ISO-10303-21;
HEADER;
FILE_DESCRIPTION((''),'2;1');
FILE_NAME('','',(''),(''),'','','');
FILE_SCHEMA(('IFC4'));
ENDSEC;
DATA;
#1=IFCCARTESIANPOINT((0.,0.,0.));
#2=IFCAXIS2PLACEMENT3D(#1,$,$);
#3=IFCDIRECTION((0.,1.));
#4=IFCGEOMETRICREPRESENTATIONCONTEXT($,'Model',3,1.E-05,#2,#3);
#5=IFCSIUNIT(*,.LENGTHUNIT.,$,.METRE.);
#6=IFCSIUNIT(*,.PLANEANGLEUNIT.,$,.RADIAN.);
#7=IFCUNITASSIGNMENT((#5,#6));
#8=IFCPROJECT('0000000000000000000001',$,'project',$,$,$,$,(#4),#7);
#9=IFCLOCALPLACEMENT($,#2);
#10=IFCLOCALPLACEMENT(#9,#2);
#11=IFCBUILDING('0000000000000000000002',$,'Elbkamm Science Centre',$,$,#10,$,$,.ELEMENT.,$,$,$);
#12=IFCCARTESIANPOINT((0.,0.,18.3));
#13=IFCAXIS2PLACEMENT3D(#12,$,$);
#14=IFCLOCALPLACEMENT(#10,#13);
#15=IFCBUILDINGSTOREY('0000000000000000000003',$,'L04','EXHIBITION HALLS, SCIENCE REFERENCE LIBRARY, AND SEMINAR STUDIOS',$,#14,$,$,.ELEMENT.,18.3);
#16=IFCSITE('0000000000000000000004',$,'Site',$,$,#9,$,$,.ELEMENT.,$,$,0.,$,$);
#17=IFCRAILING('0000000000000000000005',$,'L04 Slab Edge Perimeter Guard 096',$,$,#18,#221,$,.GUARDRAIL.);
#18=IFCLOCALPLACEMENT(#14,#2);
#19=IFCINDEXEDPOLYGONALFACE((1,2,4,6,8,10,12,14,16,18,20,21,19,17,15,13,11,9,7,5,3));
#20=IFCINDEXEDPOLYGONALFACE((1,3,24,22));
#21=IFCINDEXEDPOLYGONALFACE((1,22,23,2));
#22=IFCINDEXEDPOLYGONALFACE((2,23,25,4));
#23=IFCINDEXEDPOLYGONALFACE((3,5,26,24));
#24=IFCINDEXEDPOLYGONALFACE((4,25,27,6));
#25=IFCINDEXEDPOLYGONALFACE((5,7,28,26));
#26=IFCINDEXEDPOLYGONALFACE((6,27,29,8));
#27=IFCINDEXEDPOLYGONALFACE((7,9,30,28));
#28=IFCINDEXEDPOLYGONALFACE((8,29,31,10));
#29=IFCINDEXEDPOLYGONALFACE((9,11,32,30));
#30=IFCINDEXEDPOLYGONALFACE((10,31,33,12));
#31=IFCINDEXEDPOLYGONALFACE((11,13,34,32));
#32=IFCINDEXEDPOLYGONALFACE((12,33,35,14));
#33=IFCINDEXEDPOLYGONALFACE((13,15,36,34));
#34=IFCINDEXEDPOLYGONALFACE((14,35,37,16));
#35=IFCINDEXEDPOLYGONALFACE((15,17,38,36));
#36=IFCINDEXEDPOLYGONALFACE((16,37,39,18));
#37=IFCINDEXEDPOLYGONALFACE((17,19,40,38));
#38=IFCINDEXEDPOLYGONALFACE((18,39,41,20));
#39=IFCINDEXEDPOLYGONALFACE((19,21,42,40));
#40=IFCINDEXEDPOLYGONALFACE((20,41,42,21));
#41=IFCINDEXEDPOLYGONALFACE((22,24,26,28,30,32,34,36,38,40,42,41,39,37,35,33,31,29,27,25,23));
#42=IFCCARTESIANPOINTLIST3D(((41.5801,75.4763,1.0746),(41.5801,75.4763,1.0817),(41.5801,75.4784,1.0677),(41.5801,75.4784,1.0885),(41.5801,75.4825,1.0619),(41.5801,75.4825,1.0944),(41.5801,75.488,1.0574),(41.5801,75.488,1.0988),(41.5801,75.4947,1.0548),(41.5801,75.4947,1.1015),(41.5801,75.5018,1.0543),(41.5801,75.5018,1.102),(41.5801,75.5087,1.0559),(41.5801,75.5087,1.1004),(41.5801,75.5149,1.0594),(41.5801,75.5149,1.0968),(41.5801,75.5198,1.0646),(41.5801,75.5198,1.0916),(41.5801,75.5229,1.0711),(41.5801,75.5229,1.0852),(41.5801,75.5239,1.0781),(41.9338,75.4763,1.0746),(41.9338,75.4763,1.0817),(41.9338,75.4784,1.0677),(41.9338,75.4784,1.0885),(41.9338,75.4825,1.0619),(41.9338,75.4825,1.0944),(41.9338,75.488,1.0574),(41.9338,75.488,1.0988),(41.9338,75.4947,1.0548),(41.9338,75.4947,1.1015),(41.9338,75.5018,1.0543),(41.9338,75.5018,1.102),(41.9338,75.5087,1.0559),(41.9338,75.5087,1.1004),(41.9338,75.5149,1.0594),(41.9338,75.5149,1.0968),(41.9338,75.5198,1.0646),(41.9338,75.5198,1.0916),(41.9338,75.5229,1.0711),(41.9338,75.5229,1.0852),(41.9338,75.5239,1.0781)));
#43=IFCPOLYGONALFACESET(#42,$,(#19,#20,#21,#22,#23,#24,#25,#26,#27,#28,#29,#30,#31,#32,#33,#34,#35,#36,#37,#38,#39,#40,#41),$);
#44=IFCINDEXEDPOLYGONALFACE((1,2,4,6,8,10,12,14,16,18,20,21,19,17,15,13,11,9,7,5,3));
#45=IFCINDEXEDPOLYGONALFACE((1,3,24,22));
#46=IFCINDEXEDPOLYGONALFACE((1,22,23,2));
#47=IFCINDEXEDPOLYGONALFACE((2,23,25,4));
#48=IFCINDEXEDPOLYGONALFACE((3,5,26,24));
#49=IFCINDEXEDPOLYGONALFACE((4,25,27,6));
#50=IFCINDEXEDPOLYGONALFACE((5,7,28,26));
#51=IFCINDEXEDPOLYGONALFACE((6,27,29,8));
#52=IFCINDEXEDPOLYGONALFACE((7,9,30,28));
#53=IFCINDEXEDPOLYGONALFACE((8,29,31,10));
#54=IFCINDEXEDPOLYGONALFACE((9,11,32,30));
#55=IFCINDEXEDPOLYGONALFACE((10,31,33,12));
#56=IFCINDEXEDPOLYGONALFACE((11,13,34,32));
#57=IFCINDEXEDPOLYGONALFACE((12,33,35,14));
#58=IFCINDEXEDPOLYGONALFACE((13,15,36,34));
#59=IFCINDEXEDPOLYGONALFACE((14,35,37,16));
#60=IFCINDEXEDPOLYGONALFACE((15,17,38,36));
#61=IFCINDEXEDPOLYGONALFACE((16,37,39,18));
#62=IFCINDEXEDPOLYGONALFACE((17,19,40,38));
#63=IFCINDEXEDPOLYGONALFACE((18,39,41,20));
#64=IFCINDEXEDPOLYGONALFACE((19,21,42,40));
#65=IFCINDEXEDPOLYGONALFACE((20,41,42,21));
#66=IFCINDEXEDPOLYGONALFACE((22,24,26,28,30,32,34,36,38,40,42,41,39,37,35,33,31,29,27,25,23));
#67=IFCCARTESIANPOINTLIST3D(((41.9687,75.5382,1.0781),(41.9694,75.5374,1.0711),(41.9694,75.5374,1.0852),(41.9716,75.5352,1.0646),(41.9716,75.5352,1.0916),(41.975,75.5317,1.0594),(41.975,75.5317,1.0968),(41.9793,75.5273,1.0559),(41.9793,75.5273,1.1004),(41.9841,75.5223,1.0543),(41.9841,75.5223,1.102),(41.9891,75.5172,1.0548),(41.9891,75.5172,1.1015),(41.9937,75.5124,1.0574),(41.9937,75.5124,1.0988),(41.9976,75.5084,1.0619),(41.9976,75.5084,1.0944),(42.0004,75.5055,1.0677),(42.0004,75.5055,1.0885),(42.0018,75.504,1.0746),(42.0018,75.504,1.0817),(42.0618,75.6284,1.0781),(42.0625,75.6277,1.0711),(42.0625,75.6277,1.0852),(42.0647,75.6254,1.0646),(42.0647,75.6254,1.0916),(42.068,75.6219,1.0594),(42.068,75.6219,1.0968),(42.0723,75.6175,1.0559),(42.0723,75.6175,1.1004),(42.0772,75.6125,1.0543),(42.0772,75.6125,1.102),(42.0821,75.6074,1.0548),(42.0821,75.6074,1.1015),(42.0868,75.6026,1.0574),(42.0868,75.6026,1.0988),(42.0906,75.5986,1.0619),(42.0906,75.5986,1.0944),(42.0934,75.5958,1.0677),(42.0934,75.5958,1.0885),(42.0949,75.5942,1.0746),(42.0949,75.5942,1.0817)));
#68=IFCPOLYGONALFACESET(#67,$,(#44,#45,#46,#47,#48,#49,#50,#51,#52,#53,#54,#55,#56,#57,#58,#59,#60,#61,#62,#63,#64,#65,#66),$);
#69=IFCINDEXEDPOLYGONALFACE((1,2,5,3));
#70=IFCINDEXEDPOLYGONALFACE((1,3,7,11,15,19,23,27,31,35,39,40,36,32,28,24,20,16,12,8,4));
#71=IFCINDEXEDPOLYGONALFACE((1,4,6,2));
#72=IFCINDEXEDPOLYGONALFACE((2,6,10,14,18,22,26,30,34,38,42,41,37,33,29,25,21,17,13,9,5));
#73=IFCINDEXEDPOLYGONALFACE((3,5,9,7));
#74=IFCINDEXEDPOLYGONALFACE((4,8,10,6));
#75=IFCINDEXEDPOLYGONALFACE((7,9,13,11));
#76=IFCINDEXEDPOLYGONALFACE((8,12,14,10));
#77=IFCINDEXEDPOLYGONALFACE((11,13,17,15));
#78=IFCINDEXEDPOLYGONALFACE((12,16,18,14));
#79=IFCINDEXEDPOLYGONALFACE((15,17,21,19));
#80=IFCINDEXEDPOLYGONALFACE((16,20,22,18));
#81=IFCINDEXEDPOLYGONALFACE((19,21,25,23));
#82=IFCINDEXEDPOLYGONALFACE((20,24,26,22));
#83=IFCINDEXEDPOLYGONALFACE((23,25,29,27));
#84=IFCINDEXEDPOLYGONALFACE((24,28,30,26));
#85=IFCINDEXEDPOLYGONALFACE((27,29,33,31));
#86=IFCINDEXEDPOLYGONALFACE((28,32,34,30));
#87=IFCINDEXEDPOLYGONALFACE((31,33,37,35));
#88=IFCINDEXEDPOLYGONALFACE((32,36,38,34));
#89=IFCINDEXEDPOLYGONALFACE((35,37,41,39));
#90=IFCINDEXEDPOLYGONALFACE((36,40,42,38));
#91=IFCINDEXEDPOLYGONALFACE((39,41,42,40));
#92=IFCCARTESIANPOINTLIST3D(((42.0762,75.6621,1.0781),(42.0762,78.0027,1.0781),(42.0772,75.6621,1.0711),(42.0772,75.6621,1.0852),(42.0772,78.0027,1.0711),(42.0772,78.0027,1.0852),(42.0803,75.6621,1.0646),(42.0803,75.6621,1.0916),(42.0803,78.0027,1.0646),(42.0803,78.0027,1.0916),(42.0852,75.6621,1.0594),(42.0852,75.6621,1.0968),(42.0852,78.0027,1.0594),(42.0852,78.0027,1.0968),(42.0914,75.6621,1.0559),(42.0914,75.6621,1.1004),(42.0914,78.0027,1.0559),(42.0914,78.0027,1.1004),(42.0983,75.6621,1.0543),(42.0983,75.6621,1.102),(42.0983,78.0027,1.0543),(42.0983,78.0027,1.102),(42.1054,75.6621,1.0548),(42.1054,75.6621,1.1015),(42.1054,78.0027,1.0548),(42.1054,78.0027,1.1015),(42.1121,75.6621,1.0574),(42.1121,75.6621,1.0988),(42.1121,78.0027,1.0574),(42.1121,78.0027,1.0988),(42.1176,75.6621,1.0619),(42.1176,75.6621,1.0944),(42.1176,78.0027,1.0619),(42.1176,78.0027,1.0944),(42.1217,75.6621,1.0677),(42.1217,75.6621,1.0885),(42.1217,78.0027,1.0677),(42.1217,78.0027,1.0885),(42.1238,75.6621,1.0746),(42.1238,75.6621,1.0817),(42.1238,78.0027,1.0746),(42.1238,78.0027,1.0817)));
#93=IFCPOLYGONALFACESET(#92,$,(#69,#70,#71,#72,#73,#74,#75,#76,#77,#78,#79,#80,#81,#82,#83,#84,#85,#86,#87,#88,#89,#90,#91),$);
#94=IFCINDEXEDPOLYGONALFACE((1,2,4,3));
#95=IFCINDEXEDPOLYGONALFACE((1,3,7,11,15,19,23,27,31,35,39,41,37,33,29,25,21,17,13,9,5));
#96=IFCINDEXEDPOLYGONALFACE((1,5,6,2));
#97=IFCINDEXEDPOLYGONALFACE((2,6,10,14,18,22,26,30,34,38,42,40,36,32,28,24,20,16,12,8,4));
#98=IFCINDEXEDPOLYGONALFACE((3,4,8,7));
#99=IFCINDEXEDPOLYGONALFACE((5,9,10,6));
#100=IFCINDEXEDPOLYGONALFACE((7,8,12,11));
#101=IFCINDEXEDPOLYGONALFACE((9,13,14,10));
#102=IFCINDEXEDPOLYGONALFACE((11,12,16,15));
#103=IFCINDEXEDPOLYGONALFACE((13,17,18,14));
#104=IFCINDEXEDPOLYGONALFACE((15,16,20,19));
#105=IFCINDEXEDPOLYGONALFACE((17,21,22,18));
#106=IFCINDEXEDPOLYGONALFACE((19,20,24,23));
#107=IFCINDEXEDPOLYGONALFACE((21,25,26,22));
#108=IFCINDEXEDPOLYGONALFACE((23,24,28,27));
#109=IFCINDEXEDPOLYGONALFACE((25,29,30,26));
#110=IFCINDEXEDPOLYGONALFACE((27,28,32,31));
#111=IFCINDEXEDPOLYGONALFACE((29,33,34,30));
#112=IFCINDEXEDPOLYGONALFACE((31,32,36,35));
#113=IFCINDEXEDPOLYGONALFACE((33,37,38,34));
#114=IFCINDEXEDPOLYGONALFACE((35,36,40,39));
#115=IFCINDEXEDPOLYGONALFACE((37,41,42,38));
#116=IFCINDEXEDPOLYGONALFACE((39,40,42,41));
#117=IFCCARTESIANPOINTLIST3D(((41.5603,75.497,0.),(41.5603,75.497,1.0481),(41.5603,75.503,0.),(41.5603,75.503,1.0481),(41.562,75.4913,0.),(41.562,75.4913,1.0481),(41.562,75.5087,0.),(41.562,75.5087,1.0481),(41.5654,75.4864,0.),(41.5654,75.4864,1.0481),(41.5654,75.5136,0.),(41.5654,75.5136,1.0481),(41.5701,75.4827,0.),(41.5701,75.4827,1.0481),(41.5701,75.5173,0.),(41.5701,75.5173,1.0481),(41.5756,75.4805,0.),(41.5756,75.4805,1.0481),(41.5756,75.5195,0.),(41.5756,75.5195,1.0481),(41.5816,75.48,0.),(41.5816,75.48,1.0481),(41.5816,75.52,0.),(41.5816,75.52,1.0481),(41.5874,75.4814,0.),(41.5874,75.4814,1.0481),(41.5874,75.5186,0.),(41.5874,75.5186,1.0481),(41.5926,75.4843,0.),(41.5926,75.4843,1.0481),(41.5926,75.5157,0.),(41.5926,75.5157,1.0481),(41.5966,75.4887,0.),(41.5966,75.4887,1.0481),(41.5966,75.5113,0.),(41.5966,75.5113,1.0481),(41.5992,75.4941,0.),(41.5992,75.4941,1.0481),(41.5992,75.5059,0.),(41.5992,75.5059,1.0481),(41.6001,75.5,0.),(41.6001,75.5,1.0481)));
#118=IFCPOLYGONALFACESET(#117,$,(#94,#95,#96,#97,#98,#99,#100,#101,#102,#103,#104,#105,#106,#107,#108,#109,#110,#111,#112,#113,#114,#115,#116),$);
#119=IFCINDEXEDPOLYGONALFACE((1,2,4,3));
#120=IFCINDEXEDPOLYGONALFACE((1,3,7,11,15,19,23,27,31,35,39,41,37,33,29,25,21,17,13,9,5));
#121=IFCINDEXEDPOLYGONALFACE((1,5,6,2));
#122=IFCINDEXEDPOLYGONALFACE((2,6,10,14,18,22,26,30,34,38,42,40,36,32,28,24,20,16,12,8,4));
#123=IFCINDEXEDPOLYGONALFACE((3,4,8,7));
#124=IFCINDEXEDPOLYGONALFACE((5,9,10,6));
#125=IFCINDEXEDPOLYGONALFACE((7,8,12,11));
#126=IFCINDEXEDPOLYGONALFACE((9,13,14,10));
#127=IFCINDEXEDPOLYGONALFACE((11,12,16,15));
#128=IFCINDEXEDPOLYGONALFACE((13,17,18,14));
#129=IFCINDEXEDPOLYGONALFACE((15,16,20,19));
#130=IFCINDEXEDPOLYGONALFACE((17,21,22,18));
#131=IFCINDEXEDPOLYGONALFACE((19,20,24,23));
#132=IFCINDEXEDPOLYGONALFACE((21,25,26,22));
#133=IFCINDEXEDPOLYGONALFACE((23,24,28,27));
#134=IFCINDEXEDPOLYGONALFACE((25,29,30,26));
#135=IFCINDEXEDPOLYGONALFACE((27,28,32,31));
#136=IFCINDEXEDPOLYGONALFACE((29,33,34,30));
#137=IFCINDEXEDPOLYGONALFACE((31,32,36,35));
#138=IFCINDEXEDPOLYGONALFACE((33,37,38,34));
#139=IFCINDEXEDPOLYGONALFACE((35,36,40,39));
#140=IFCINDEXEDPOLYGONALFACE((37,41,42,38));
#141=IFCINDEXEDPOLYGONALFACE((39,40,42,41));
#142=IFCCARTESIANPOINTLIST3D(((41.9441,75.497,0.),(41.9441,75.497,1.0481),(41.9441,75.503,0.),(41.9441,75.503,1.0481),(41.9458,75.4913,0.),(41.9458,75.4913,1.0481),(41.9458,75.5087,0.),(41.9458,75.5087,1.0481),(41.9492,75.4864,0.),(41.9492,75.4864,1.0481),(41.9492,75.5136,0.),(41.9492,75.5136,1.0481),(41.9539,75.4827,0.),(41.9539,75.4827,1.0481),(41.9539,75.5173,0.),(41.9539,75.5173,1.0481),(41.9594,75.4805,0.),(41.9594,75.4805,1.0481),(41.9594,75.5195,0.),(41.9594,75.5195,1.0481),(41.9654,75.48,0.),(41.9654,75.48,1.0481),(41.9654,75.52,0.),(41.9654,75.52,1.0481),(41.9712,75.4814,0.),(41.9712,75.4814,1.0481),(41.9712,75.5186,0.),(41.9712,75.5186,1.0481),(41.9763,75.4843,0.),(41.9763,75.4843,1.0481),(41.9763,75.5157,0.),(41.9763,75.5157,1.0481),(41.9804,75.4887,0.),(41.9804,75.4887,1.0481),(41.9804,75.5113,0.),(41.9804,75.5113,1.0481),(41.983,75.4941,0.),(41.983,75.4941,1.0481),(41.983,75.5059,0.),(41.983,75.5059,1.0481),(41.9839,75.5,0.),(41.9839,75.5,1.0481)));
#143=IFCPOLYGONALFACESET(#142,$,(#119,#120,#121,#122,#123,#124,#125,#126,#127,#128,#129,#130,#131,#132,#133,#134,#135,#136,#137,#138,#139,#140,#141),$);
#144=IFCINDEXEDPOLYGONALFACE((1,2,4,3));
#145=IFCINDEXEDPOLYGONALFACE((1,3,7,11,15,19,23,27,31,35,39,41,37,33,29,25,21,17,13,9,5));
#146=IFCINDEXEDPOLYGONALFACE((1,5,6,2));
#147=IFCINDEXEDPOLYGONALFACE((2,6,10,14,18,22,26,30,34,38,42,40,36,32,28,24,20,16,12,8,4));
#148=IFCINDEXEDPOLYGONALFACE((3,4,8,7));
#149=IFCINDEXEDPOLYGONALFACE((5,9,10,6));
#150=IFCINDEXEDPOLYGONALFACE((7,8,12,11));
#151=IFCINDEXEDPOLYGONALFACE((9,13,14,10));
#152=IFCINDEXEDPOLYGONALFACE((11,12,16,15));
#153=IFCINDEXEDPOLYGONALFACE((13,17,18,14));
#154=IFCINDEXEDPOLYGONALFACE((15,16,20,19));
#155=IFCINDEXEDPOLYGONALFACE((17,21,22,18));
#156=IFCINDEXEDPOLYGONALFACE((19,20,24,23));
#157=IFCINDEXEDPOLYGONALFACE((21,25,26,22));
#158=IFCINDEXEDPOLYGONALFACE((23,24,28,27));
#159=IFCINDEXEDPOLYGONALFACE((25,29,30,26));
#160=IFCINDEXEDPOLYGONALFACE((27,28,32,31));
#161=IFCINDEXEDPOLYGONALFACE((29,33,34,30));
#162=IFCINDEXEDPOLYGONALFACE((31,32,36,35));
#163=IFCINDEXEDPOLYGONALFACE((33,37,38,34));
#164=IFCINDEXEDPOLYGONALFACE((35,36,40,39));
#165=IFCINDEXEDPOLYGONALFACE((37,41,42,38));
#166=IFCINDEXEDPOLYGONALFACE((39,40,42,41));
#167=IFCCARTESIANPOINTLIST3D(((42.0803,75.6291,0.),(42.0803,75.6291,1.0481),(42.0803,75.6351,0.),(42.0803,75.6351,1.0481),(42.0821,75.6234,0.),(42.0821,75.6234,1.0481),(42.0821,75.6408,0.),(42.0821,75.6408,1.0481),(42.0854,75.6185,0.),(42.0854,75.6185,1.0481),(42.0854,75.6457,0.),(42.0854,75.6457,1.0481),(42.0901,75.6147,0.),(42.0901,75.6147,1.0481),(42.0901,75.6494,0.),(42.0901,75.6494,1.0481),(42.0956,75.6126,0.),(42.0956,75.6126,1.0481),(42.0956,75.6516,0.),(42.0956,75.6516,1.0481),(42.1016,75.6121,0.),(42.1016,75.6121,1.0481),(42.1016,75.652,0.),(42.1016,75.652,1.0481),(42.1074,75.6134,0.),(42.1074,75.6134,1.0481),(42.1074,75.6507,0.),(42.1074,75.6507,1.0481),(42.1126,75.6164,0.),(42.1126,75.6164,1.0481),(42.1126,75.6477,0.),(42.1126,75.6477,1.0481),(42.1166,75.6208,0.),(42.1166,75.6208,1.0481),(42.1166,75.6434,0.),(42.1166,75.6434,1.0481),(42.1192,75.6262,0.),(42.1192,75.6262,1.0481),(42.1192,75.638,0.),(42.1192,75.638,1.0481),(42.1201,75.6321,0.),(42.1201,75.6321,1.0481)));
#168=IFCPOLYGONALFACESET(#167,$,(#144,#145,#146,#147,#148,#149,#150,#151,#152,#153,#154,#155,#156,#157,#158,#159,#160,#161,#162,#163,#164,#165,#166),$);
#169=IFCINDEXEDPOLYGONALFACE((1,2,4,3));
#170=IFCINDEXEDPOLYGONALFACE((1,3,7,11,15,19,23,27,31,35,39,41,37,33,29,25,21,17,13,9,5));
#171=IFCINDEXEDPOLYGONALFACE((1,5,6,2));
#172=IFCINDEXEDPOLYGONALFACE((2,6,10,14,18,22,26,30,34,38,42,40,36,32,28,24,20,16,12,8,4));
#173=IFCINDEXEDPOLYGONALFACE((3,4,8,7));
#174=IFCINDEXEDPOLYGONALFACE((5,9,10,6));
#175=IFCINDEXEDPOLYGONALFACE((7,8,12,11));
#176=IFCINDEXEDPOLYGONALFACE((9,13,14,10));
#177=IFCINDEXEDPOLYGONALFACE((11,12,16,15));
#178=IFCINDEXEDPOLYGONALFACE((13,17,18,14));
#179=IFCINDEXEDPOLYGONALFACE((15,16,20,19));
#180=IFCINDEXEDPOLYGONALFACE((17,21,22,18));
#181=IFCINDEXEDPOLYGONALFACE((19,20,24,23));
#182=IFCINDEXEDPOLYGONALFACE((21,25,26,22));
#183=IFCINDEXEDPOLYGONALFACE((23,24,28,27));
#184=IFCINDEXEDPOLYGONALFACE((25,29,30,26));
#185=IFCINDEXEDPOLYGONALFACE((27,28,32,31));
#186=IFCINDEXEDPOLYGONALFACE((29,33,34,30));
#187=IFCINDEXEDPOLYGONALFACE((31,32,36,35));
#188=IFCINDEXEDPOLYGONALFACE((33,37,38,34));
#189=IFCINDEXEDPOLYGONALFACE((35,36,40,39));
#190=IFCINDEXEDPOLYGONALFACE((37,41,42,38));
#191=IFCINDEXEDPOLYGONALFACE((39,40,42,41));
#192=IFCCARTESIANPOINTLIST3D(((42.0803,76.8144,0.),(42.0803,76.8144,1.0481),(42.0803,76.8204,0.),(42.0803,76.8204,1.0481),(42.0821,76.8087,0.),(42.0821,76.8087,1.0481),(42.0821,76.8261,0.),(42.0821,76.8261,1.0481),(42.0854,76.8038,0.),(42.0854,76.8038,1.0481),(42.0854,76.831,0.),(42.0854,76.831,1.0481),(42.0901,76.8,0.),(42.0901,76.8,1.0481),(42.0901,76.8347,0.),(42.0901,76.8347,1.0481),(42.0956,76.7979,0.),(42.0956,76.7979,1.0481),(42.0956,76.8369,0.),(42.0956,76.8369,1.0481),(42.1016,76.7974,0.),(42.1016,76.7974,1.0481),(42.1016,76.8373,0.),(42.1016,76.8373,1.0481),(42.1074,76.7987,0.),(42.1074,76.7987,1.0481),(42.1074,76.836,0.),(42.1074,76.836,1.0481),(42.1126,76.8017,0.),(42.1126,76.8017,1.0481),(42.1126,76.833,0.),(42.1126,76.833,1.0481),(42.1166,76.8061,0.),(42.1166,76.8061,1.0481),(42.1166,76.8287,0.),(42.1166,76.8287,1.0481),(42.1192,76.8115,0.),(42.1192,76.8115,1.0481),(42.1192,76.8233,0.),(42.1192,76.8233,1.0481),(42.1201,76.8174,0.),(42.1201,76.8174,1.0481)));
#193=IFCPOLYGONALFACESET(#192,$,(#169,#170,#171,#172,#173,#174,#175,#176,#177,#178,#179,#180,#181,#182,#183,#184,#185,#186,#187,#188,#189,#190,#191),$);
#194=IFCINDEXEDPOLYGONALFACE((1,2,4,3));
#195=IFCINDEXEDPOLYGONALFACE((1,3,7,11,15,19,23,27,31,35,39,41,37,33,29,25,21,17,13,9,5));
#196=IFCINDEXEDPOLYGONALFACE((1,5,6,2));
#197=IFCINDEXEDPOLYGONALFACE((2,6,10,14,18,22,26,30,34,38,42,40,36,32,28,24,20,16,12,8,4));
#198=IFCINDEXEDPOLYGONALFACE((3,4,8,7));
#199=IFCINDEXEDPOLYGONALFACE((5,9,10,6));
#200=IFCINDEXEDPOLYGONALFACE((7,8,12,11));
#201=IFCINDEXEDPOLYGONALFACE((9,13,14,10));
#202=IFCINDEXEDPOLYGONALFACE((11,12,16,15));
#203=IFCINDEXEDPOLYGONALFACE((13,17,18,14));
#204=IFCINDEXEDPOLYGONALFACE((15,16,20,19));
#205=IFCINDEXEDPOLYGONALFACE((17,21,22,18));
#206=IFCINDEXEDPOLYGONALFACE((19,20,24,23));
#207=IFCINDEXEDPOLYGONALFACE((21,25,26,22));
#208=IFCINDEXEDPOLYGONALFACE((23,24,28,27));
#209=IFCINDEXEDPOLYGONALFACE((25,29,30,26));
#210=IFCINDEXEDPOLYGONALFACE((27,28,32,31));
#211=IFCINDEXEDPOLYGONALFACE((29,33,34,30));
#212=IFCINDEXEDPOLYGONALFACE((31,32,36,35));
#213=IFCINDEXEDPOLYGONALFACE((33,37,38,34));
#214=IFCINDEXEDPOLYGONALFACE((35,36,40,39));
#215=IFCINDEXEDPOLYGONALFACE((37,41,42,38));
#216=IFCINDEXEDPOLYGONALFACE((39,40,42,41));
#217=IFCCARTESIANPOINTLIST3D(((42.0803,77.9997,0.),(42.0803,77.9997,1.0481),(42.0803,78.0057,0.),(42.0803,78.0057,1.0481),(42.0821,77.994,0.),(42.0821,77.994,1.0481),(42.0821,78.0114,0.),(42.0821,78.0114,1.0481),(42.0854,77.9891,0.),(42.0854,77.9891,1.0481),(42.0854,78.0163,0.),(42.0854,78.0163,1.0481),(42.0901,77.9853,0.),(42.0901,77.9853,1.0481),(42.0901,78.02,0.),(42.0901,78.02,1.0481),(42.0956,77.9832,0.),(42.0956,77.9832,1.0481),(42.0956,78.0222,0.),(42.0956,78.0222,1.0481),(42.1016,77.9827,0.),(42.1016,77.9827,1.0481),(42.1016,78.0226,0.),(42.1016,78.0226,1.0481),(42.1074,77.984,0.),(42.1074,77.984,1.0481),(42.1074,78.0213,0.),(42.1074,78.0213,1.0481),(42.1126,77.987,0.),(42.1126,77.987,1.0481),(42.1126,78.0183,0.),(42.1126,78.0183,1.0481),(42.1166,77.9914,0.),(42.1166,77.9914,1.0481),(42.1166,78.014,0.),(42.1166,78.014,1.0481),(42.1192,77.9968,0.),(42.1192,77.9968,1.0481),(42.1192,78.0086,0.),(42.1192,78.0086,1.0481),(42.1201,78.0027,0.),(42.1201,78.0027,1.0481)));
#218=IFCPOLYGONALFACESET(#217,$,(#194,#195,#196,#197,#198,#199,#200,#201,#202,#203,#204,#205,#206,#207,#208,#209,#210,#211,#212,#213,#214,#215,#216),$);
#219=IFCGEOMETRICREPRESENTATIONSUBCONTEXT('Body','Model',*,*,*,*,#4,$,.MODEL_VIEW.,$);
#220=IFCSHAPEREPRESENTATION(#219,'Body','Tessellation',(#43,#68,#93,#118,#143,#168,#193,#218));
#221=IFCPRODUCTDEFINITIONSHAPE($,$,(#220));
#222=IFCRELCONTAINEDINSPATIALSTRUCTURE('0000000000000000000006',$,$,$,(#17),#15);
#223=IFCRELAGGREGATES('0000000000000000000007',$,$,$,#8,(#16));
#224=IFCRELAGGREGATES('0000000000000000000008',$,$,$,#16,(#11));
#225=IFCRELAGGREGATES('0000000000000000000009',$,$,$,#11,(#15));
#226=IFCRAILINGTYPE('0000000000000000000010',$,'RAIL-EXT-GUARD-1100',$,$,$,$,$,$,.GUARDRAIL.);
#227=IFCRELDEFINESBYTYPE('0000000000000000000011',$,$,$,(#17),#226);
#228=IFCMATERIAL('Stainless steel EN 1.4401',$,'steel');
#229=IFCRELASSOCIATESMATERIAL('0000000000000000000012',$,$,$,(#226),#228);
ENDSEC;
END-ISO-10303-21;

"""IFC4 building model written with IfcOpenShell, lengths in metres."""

from ifc_helpers import new_model, si_unit, direction, frame, origin, origin_2d, place, context, subcontext, project, spatial, circle, extrude, material, type_object, element, save


model = new_model("IFC4")

# Units and contexts
model_context = context("Model", 3, precision=1e-05, world=origin(), true_north=direction((0.0, 1.0)))
body_context = subcontext(model_context, "Body", "Model", "MODEL_VIEW")
ifc_project = project(units=[si_unit("LENGTHUNIT", "METRE"), si_unit("PLANEANGLEUNIT", "RADIAN")], contexts=[model_context])

# Site, building, storey
site_placement = place(None, origin())
site = spatial("IfcSite", under=ifc_project, at=site_placement, Name="Site", CompositionType="ELEMENT", RefElevation=0.0)
building_placement = place(site_placement, origin())
building = spatial("IfcBuilding", under=site, at=building_placement, Name="Elbkamm Science Centre", CompositionType="ELEMENT")
storey_placement = place(building_placement, frame((0.0, 0.0, 18.3)))
storey = spatial("IfcBuildingStorey", under=building, at=storey_placement, Name="L04", Description="EXHIBITION HALLS, SCIENCE REFERENCE LIBRARY, AND SEMINAR STUDIOS", CompositionType="ELEMENT", Elevation=18.3)

# Railing
ifc_material_1 = material(Name="Stainless steel EN 1.4401", Category="steel")
railing_type = type_object("IfcRailingType", Name="RAIL-EXT-GUARD-1100", PredefinedType="GUARDRAIL", material=ifc_material_1)
railing_1_placement = place(storey_placement, frame((41.5801, 75.5, 0.0)))
element("IfcRailing", 1, at=railing_1_placement, inside=storey, type_object=railing_type, Name="L04 Slab Edge Perimeter Guard 096", PredefinedType="GUARDRAIL", context=body_context, shape_type="SweptSolid", body=[
    extrude(circle(Radius=0.0239, at=origin_2d()), frame((0.0, 0.0, 1.0781), z_axis=(1.0, 0.0, 0.0), x_axis=(0.0, 1.0, 0.0)), (0.0, 0.0, 1.0), 0.3538),
    extrude(circle(Radius=0.0239, at=origin_2d()), frame((0.4053, 0.021, 1.0781), z_axis=(0.717959, 0.696086, 0.0), x_axis=(-0.696086, 0.717959, 0.0)), (0.0, 0.0, 1.0), 0.1296),
    extrude(circle(Radius=0.0239, at=origin_2d()), frame((0.52, 0.1621, 1.0781), z_axis=(0.0, 1.0, 0.0), x_axis=(-1.0, 0.0, 0.0)), (0.0, 0.0, 1.0), 2.3406),
    extrude(circle(Radius=0.02, at=origin_2d()), origin(), (0.0, 0.0, 1.0), 1.0481),
    extrude(circle(Radius=0.02, at=origin_2d()), frame((0.3838, 0.0, 0.0)), (0.0, 0.0, 1.0), 1.0481),
    extrude(circle(Radius=0.02, at=origin_2d()), frame((0.52, 0.1321, 0.0)), (0.0, 0.0, 1.0), 1.0481),
    extrude(circle(Radius=0.02, at=origin_2d()), frame((0.52, 1.3174, 0.0)), (0.0, 0.0, 1.0), 1.0481),
    extrude(circle(Radius=0.02, at=origin_2d()), frame((0.52, 2.5027, 0.0)), (0.0, 0.0, 1.0), 1.0481),
])

save(model, "model.ifc")
